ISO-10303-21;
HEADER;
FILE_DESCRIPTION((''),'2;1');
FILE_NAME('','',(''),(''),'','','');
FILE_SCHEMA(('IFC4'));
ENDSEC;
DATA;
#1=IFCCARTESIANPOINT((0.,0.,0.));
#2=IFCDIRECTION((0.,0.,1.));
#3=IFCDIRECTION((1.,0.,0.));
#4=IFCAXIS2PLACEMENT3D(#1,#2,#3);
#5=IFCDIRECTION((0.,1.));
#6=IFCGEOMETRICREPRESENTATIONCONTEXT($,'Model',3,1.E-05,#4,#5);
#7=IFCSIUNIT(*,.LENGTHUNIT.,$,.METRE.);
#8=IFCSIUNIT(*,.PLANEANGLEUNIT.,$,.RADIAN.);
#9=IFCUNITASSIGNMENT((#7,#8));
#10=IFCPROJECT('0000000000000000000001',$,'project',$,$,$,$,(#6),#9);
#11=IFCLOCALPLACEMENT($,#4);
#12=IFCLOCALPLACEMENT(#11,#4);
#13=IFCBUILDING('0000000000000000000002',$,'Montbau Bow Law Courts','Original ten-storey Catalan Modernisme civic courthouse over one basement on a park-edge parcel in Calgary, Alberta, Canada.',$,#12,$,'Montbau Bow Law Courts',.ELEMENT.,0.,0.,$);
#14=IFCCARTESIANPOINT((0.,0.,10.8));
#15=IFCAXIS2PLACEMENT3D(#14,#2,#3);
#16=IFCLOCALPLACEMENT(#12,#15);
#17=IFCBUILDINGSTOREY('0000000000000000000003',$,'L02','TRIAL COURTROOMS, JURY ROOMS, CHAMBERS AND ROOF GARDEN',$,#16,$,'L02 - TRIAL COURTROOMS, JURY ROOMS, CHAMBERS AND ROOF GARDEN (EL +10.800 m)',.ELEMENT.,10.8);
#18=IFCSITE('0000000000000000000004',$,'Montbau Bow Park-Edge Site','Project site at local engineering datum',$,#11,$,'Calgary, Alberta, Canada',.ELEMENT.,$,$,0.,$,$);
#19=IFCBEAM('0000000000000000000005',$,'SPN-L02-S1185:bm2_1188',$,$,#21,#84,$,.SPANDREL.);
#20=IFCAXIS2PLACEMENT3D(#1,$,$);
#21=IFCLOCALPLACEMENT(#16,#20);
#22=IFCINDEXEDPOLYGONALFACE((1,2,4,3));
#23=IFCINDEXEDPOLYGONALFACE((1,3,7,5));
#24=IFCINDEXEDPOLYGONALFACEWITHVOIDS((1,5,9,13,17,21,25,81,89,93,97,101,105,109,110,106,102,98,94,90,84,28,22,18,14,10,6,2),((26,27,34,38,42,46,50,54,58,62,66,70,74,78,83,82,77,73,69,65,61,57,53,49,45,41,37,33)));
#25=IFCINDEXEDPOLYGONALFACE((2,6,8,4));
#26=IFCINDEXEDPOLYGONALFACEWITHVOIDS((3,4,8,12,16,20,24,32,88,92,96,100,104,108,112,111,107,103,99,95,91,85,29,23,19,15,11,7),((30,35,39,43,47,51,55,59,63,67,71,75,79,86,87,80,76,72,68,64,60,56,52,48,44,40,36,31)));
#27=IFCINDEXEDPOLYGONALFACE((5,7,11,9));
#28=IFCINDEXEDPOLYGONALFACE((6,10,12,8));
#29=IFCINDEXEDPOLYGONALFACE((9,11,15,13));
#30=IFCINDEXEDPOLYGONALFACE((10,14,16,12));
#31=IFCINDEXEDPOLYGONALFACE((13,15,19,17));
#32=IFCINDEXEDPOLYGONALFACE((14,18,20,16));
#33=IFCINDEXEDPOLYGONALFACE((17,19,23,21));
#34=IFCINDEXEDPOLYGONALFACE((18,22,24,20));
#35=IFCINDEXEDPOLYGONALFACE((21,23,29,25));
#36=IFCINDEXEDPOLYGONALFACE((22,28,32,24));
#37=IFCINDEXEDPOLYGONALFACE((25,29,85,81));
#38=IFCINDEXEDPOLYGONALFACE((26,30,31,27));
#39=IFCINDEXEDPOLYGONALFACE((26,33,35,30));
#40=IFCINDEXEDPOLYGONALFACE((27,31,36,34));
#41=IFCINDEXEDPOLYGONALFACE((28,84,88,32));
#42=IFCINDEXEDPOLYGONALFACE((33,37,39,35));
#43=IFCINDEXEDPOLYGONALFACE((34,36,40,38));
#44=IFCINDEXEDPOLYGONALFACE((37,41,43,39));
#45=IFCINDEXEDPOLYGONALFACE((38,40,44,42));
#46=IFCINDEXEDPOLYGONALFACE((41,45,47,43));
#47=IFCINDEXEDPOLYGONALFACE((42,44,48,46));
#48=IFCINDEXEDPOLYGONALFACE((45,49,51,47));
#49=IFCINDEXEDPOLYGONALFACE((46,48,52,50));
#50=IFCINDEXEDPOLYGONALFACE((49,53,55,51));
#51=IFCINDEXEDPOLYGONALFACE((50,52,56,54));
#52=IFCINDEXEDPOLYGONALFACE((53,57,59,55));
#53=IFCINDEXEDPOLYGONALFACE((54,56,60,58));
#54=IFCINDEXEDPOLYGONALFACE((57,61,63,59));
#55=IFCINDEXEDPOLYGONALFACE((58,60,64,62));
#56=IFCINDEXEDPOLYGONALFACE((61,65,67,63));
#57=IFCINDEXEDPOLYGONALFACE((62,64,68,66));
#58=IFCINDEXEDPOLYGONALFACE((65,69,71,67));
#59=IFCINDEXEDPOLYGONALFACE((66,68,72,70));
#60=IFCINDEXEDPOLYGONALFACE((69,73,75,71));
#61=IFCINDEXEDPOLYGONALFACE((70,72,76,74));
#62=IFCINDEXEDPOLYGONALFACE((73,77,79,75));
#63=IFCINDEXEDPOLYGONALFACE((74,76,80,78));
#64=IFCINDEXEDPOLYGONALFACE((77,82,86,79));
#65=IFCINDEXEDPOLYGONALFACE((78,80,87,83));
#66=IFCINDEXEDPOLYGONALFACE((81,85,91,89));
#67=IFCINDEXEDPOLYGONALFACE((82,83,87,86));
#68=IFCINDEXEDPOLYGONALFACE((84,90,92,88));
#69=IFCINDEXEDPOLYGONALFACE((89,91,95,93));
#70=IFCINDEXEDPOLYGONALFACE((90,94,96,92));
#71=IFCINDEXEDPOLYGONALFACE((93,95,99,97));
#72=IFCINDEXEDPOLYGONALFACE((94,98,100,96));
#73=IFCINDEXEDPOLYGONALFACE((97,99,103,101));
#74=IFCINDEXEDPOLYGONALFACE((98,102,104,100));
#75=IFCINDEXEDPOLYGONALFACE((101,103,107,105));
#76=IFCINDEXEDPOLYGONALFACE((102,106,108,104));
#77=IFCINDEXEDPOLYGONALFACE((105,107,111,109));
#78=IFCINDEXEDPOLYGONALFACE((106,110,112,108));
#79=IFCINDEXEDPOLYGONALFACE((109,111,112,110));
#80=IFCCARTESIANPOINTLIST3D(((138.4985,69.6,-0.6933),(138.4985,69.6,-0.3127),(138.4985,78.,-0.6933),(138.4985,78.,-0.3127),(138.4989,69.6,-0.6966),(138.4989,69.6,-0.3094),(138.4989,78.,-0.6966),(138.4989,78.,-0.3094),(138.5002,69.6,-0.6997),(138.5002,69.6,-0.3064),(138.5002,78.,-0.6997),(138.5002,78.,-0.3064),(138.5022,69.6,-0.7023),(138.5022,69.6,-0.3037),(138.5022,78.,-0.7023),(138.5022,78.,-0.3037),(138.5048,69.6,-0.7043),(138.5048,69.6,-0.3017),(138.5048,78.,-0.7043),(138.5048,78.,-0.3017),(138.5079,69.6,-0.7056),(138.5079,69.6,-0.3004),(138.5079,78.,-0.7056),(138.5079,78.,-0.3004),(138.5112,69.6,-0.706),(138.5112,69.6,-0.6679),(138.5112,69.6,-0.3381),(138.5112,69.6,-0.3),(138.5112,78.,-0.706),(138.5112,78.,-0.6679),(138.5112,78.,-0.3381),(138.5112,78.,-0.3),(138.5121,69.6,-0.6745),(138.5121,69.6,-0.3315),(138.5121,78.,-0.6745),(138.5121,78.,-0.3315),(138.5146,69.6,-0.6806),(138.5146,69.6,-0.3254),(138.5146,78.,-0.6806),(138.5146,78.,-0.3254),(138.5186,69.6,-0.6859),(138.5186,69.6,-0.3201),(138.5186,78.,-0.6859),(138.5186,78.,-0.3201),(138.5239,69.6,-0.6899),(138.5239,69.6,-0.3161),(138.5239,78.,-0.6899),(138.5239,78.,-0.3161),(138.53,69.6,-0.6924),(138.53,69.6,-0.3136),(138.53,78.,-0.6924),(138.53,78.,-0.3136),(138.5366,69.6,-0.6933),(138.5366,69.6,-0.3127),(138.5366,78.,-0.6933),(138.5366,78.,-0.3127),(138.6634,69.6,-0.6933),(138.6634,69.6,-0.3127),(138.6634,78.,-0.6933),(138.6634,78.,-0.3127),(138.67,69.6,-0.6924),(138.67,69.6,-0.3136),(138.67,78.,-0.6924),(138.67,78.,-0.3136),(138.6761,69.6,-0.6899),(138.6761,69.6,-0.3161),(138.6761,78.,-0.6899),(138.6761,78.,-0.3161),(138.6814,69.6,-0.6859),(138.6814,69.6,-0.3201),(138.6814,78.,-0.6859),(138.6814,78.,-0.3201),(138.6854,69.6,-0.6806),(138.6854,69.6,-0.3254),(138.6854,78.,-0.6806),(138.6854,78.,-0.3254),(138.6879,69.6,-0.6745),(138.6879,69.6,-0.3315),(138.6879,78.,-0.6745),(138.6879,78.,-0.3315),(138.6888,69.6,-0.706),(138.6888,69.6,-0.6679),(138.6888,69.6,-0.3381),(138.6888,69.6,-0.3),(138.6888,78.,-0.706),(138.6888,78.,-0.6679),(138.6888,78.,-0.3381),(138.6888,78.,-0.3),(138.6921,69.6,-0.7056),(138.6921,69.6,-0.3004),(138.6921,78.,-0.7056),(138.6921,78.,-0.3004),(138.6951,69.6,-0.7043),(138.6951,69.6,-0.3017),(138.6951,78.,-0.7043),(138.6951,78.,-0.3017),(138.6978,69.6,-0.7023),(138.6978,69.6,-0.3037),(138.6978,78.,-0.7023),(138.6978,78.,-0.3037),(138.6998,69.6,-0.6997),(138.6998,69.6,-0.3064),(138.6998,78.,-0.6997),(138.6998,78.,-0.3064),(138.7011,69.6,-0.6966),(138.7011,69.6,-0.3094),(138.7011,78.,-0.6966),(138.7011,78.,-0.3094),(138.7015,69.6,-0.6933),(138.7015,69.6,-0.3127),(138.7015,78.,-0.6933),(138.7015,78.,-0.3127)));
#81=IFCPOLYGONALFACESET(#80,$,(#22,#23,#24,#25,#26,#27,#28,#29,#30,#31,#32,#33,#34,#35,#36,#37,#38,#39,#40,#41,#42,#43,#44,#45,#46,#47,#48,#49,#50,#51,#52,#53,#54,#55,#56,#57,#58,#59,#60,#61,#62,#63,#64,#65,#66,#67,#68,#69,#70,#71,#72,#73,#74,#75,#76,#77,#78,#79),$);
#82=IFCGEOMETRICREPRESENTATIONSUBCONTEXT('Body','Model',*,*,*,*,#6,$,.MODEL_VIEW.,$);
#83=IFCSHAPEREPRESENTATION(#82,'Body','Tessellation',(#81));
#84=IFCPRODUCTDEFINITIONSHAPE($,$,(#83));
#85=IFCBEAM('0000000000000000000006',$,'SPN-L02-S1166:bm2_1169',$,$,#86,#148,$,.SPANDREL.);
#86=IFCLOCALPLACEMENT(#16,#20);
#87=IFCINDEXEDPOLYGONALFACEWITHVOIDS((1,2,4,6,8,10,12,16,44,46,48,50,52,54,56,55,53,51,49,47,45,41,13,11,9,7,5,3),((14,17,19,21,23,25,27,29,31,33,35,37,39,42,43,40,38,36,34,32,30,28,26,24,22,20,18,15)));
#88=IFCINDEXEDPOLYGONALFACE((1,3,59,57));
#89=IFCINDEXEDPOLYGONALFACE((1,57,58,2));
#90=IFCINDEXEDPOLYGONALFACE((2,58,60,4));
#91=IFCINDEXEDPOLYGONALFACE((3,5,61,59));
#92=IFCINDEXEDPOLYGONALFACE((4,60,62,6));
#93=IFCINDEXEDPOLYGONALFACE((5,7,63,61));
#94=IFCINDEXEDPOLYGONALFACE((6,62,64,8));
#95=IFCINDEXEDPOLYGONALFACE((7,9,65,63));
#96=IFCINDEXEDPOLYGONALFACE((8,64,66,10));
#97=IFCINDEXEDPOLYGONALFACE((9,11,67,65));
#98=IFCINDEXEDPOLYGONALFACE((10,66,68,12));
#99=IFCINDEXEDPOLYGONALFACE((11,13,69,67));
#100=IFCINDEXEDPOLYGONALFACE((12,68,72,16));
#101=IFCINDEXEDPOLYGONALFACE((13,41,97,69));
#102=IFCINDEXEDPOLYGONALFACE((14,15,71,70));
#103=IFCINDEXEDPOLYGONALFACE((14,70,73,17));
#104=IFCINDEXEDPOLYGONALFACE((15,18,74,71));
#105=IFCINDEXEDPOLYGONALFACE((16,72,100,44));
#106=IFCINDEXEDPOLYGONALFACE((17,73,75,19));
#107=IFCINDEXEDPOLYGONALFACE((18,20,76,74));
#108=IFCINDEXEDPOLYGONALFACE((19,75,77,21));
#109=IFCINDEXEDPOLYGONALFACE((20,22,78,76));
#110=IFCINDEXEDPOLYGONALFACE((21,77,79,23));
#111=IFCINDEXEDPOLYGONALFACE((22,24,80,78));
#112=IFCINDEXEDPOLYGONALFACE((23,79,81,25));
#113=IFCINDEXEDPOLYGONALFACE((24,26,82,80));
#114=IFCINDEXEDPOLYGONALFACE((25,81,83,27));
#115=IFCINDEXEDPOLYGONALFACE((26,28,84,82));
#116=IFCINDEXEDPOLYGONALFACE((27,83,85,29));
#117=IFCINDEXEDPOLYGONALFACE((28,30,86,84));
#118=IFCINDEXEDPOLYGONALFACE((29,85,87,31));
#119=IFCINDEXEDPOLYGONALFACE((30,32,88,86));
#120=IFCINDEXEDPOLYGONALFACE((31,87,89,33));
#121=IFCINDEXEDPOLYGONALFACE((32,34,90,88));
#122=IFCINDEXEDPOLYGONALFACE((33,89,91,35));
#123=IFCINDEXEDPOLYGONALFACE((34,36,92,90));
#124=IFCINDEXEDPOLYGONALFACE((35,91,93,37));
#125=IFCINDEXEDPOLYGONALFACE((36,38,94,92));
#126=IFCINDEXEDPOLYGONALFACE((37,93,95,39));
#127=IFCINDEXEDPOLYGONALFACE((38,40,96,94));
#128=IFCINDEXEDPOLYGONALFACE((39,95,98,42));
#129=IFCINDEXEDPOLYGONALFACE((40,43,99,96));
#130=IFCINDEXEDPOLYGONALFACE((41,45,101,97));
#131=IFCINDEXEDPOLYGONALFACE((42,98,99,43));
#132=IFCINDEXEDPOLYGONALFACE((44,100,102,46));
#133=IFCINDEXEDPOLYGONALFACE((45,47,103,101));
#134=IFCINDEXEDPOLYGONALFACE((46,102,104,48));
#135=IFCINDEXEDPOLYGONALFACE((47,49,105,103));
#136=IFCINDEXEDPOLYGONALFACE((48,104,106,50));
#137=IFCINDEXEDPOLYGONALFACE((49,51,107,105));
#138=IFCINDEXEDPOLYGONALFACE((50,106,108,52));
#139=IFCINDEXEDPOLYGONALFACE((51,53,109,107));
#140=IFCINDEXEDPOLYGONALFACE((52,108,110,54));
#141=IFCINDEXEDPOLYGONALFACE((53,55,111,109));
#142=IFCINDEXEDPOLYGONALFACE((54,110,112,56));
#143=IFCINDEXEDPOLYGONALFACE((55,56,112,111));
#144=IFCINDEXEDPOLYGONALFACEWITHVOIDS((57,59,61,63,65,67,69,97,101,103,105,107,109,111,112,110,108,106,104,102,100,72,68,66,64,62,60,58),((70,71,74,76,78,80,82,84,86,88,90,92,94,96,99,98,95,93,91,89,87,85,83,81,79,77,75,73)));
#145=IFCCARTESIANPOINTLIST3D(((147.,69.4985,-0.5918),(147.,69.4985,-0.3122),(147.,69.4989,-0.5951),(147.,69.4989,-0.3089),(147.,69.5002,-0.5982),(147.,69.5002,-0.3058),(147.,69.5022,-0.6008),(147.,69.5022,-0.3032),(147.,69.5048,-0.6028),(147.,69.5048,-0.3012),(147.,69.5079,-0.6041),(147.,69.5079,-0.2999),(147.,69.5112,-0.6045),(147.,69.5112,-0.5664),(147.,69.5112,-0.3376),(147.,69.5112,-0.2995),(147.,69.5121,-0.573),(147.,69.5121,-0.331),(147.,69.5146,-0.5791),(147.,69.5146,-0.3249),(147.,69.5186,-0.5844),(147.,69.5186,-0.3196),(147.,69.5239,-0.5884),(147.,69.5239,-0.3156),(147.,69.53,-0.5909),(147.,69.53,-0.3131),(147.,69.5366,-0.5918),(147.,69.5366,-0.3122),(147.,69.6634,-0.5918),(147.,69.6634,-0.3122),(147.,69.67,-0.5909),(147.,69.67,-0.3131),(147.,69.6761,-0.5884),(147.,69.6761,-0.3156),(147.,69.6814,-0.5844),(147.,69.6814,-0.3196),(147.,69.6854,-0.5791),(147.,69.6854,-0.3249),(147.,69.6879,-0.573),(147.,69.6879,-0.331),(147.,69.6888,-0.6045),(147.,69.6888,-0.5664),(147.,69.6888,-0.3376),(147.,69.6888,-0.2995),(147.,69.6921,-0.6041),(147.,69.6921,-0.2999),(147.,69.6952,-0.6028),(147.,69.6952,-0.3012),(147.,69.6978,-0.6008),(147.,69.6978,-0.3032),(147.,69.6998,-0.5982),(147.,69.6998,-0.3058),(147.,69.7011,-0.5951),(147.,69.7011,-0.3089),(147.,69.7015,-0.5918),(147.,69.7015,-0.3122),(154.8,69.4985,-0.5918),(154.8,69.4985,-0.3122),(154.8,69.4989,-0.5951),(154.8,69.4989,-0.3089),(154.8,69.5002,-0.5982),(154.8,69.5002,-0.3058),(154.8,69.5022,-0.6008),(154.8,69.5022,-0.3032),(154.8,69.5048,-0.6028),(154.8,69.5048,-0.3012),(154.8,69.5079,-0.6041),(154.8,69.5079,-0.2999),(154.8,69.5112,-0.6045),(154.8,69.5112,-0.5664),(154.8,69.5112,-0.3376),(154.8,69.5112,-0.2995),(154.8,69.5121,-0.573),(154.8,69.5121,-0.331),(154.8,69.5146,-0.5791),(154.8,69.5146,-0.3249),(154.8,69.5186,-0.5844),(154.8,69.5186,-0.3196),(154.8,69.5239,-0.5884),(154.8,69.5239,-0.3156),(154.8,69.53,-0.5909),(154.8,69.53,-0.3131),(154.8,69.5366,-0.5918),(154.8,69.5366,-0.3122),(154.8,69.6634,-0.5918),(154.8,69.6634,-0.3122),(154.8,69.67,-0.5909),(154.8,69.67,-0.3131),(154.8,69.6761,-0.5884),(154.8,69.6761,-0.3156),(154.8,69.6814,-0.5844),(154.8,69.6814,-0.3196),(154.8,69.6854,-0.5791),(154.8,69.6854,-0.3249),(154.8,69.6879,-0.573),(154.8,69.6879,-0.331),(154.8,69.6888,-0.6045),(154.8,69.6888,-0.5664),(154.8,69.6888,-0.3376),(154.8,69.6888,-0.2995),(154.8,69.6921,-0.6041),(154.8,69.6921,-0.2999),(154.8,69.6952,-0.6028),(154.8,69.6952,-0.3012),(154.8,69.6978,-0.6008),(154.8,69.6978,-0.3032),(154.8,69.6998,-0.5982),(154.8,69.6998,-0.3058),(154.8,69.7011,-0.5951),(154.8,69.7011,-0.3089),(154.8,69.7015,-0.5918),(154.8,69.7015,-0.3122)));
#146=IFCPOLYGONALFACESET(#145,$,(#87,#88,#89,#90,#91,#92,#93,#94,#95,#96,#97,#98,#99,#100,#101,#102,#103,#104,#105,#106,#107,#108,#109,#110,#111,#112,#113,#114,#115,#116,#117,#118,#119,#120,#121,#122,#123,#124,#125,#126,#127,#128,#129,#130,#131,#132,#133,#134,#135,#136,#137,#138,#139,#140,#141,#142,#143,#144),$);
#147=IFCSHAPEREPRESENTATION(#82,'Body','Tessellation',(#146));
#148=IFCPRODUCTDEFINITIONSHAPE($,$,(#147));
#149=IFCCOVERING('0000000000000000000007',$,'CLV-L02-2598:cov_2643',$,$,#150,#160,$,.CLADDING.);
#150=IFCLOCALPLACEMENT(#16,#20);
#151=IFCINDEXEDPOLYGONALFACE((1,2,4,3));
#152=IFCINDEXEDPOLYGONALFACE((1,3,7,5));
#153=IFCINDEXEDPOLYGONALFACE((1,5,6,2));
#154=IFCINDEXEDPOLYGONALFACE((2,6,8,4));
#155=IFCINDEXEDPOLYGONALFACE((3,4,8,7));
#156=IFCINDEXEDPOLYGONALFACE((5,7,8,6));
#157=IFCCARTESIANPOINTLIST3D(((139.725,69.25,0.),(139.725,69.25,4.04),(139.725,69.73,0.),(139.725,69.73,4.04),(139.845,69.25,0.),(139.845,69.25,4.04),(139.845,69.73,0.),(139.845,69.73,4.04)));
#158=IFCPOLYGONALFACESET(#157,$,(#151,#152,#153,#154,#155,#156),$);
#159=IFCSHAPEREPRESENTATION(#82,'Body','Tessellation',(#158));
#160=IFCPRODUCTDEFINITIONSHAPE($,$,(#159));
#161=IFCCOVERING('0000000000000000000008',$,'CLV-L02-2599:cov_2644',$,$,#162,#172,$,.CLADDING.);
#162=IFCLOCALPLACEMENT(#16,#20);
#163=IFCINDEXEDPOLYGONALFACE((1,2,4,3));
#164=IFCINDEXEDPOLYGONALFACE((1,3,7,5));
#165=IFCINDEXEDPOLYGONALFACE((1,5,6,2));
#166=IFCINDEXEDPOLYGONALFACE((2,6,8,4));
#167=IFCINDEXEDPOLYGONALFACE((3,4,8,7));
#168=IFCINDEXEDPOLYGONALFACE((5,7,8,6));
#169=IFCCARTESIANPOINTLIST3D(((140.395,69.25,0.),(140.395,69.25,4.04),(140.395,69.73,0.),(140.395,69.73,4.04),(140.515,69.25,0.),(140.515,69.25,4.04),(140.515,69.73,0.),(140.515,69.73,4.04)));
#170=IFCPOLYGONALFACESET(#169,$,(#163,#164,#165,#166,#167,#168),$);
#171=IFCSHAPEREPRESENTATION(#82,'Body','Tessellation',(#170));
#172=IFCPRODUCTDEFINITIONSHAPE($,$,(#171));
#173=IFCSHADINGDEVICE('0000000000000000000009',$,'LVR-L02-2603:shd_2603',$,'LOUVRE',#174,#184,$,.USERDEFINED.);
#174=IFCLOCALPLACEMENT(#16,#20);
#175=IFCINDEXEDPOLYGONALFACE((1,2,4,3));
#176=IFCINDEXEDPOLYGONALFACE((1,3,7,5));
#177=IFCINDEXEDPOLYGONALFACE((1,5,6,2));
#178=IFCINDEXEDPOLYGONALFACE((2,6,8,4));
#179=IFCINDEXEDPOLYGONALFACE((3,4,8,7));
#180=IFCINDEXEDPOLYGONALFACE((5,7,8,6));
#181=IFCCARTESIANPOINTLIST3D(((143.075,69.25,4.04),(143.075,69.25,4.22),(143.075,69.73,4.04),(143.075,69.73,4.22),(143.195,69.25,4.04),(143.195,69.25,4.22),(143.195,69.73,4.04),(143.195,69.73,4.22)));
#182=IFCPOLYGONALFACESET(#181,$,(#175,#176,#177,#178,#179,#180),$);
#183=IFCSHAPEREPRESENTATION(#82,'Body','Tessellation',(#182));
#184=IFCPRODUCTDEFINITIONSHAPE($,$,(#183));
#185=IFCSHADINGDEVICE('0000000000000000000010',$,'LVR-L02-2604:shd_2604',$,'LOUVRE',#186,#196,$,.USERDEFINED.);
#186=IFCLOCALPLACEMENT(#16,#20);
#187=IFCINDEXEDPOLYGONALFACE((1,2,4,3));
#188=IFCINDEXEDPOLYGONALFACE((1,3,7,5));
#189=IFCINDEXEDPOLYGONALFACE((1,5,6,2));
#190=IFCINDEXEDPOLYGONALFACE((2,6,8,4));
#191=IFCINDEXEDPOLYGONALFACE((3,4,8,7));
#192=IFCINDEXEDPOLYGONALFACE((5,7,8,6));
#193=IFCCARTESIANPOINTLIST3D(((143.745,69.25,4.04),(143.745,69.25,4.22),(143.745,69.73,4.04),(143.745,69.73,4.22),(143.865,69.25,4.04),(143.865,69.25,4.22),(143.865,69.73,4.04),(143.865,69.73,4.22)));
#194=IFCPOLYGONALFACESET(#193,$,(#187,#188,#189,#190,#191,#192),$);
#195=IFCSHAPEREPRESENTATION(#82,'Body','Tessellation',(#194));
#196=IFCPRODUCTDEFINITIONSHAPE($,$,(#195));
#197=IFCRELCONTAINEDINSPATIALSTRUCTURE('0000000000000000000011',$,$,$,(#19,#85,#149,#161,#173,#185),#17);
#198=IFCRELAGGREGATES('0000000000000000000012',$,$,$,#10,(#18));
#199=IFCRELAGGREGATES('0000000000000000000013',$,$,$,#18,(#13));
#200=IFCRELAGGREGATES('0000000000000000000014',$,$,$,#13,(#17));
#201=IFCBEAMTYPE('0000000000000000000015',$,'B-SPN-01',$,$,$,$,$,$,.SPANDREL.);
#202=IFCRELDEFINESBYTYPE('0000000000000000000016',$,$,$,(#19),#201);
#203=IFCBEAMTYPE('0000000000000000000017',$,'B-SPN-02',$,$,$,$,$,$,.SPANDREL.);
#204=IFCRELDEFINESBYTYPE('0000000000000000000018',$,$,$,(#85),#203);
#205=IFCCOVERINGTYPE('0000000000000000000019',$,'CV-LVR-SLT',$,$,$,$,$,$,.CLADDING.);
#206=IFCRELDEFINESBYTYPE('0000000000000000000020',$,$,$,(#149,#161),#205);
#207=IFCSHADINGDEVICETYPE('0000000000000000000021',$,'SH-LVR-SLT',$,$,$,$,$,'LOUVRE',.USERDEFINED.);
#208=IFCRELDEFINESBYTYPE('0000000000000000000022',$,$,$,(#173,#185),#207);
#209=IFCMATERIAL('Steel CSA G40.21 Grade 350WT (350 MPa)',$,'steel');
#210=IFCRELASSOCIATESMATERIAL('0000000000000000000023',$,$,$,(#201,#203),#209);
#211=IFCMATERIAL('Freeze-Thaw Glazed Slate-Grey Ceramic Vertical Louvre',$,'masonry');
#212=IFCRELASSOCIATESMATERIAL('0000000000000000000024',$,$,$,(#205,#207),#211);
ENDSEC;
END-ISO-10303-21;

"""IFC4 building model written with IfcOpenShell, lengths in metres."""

from ifc_helpers import new_model, si_unit, direction, frame, frame_2d, origin_with_axes, origin_2d_with_axis, place, context, subcontext, project, spatial, rectangle, hollow_rectangle, extrude, material, material_profile, profile_set, type_object, element, save


model = new_model("IFC4")

# Units and contexts
model_context = context("Model", 3, precision=1e-05, world=origin_with_axes(), true_north=direction((0.0, 1.0)))
body_context = subcontext(model_context, "Body", "Model", "MODEL_VIEW")
ifc_project = project(units=[si_unit("LENGTHUNIT", "METRE"), si_unit("PLANEANGLEUNIT", "RADIAN")], contexts=[model_context])

# Site, building, storey
site_placement = place(None, origin_with_axes())
site = spatial("IfcSite", under=ifc_project, at=site_placement, Name="Montbau Bow Park-Edge Site", Description="Project site at local engineering datum", LongName="Calgary, Alberta, Canada", CompositionType="ELEMENT", RefElevation=0.0)
building_placement = place(site_placement, origin_with_axes())
building = spatial("IfcBuilding", under=site, at=building_placement, Name="Montbau Bow Law Courts", Description="Original ten-storey Catalan Modernisme civic courthouse over one basement on a park-edge parcel in Calgary, Alberta, Canada.", LongName="Montbau Bow Law Courts", CompositionType="ELEMENT", ElevationOfRefHeight=0.0, ElevationOfTerrain=0.0)
storey_placement = place(building_placement, frame((0.0, 0.0, 10.8), z_axis=(0.0, 0.0, 1.0), x_axis=(1.0, 0.0, 0.0)))
storey = spatial("IfcBuildingStorey", under=building, at=storey_placement, Name="L02", Description="TRIAL COURTROOMS, JURY ROOMS, CHAMBERS AND ROOF GARDEN", LongName="L02 - TRIAL COURTROOMS, JURY ROOMS, CHAMBERS AND ROOF GARDEN (EL +10.800 m)", CompositionType="ELEMENT", Elevation=10.8)

# Beams
ifc_material_1 = material(Name="Steel CSA G40.21 Grade 350WT (350 MPa)", Category="steel")
ifc_material_profile_1 = material_profile(ifc_material_1, hollow_rectangle(XDim=0.203, YDim=0.406, WallThickness=0.0127, InnerFilletRadius=0.0254, OuterFilletRadius=0.0127, at=origin_2d_with_axis()), Name="HSS406X203X13", Category="Main", Priority=0)
ifc_profile_set_1 = profile_set([ifc_material_profile_1], Name="Steel CSA G40.21 Grade 350WT (350 MPa)")
beam_type_1 = type_object("IfcBeamType", Name="B-SPN-01", PredefinedType="SPANDREL", material=ifc_profile_set_1)
for number, where, z_axis, x_axis, name in (
    (1, (138.6, 69.6, 10.297), (0.0, 1.0, 0.0), (-1.0, 0.0, 0.0), "SPN-L02-S1185:bm2_1188"),
):
    element("IfcBeam", number, at=place(None, frame(where, z_axis=z_axis, x_axis=x_axis)), inside=storey, type_object=beam_type_1, Name=name, PredefinedType="SPANDREL", context=body_context, shape_type="SweptSolid", body=[
        extrude(hollow_rectangle(XDim=0.203, YDim=0.406, WallThickness=0.0127, InnerFilletRadius=0.0254, OuterFilletRadius=0.0127, at=origin_2d_with_axis()), origin_with_axes(), (0.0, 0.0, 1.0), 8.4),
    ])
ifc_material_profile_2 = material_profile(ifc_material_1, hollow_rectangle(XDim=0.203, YDim=0.305, WallThickness=0.0127, InnerFilletRadius=0.0254, OuterFilletRadius=0.0127, at=origin_2d_with_axis()), Name="HSS305X203X13", Category="Main", Priority=0)
ifc_profile_set_2 = profile_set([ifc_material_profile_2], Name="Steel CSA G40.21 Grade 350WT (350 MPa)")
beam_type_2 = type_object("IfcBeamType", Name="B-SPN-02", PredefinedType="SPANDREL", material=ifc_profile_set_2)
beam_1_placement = place(None, frame((147.0, 69.6, 10.348), z_axis=(1.0, 0.0, 0.0), x_axis=(0.0, 1.0, 0.0)))
element("IfcBeam", 2, at=beam_1_placement, inside=storey, type_object=beam_type_2, Name="SPN-L02-S1166:bm2_1169", PredefinedType="SPANDREL", context=body_context, shape_type="SweptSolid", body=[
    extrude(hollow_rectangle(XDim=0.203, YDim=0.305, WallThickness=0.0127, InnerFilletRadius=0.0254, OuterFilletRadius=0.0127, at=origin_2d_with_axis()), origin_with_axes(), (0.0, 0.0, 1.0), 7.8),
])

# Coverings
ifc_material_2 = material(Name="Freeze-Thaw Glazed Slate-Grey Ceramic Vertical Louvre", Category="masonry")
covering_type = type_object("IfcCoveringType", Name="CV-LVR-SLT", PredefinedType="CLADDING", material=ifc_material_2)
for number, where, z_axis, x_axis, name in (
    (3, (139.785, 69.73, 10.8), (-1.0, 0.0, 0.0), (0.0, -1.0, 0.0), "CLV-L02-2598:cov_2643"),
    (4, (140.455, 69.73, 10.8), (-1.0, 0.0, 0.0), (0.0, -1.0, 0.0), "CLV-L02-2599:cov_2644"),
):
    element("IfcCovering", number, at=place(None, frame(where, z_axis=z_axis, x_axis=x_axis)), inside=storey, type_object=covering_type, Name=name, PredefinedType="CLADDING", context=body_context, shape_type="SweptSolid", body=[
        extrude(rectangle(XDim=0.48, YDim=4.04, at=frame_2d((0.24, 2.02), x_axis=(1.0, 0.0))), frame((0.0, 0.0, -0.06), z_axis=(0.0, 0.0, 1.0), x_axis=(1.0, 0.0, 0.0)), (0.0, 0.0, 1.0), 0.12),
    ])

# Shading devices
shading_device_type = type_object("IfcShadingDeviceType", Name="SH-LVR-SLT", ElementType="LOUVRE", PredefinedType="USERDEFINED", material=ifc_material_2)
for number, where, z_axis, x_axis, name in (
    (5, (143.135, 69.49, 14.84), (0.0, 0.0, 1.0), (0.0, -1.0, 0.0), "LVR-L02-2603:shd_2603"),
    (6, (143.805, 69.49, 14.84), (0.0, 0.0, 1.0), (0.0, -1.0, 0.0), "LVR-L02-2604:shd_2604"),
):
    element("IfcShadingDevice", number, at=place(None, frame(where, z_axis=z_axis, x_axis=x_axis)), inside=storey, type_object=shading_device_type, Name=name, ObjectType="LOUVRE", PredefinedType="USERDEFINED", context=body_context, shape_type="SweptSolid", body=[
        extrude(rectangle(XDim=0.48, YDim=0.12, at=origin_2d_with_axis()), origin_with_axes(), (0.0, 0.0, 1.0), 0.18),
    ])

save(model, "model.ifc")
